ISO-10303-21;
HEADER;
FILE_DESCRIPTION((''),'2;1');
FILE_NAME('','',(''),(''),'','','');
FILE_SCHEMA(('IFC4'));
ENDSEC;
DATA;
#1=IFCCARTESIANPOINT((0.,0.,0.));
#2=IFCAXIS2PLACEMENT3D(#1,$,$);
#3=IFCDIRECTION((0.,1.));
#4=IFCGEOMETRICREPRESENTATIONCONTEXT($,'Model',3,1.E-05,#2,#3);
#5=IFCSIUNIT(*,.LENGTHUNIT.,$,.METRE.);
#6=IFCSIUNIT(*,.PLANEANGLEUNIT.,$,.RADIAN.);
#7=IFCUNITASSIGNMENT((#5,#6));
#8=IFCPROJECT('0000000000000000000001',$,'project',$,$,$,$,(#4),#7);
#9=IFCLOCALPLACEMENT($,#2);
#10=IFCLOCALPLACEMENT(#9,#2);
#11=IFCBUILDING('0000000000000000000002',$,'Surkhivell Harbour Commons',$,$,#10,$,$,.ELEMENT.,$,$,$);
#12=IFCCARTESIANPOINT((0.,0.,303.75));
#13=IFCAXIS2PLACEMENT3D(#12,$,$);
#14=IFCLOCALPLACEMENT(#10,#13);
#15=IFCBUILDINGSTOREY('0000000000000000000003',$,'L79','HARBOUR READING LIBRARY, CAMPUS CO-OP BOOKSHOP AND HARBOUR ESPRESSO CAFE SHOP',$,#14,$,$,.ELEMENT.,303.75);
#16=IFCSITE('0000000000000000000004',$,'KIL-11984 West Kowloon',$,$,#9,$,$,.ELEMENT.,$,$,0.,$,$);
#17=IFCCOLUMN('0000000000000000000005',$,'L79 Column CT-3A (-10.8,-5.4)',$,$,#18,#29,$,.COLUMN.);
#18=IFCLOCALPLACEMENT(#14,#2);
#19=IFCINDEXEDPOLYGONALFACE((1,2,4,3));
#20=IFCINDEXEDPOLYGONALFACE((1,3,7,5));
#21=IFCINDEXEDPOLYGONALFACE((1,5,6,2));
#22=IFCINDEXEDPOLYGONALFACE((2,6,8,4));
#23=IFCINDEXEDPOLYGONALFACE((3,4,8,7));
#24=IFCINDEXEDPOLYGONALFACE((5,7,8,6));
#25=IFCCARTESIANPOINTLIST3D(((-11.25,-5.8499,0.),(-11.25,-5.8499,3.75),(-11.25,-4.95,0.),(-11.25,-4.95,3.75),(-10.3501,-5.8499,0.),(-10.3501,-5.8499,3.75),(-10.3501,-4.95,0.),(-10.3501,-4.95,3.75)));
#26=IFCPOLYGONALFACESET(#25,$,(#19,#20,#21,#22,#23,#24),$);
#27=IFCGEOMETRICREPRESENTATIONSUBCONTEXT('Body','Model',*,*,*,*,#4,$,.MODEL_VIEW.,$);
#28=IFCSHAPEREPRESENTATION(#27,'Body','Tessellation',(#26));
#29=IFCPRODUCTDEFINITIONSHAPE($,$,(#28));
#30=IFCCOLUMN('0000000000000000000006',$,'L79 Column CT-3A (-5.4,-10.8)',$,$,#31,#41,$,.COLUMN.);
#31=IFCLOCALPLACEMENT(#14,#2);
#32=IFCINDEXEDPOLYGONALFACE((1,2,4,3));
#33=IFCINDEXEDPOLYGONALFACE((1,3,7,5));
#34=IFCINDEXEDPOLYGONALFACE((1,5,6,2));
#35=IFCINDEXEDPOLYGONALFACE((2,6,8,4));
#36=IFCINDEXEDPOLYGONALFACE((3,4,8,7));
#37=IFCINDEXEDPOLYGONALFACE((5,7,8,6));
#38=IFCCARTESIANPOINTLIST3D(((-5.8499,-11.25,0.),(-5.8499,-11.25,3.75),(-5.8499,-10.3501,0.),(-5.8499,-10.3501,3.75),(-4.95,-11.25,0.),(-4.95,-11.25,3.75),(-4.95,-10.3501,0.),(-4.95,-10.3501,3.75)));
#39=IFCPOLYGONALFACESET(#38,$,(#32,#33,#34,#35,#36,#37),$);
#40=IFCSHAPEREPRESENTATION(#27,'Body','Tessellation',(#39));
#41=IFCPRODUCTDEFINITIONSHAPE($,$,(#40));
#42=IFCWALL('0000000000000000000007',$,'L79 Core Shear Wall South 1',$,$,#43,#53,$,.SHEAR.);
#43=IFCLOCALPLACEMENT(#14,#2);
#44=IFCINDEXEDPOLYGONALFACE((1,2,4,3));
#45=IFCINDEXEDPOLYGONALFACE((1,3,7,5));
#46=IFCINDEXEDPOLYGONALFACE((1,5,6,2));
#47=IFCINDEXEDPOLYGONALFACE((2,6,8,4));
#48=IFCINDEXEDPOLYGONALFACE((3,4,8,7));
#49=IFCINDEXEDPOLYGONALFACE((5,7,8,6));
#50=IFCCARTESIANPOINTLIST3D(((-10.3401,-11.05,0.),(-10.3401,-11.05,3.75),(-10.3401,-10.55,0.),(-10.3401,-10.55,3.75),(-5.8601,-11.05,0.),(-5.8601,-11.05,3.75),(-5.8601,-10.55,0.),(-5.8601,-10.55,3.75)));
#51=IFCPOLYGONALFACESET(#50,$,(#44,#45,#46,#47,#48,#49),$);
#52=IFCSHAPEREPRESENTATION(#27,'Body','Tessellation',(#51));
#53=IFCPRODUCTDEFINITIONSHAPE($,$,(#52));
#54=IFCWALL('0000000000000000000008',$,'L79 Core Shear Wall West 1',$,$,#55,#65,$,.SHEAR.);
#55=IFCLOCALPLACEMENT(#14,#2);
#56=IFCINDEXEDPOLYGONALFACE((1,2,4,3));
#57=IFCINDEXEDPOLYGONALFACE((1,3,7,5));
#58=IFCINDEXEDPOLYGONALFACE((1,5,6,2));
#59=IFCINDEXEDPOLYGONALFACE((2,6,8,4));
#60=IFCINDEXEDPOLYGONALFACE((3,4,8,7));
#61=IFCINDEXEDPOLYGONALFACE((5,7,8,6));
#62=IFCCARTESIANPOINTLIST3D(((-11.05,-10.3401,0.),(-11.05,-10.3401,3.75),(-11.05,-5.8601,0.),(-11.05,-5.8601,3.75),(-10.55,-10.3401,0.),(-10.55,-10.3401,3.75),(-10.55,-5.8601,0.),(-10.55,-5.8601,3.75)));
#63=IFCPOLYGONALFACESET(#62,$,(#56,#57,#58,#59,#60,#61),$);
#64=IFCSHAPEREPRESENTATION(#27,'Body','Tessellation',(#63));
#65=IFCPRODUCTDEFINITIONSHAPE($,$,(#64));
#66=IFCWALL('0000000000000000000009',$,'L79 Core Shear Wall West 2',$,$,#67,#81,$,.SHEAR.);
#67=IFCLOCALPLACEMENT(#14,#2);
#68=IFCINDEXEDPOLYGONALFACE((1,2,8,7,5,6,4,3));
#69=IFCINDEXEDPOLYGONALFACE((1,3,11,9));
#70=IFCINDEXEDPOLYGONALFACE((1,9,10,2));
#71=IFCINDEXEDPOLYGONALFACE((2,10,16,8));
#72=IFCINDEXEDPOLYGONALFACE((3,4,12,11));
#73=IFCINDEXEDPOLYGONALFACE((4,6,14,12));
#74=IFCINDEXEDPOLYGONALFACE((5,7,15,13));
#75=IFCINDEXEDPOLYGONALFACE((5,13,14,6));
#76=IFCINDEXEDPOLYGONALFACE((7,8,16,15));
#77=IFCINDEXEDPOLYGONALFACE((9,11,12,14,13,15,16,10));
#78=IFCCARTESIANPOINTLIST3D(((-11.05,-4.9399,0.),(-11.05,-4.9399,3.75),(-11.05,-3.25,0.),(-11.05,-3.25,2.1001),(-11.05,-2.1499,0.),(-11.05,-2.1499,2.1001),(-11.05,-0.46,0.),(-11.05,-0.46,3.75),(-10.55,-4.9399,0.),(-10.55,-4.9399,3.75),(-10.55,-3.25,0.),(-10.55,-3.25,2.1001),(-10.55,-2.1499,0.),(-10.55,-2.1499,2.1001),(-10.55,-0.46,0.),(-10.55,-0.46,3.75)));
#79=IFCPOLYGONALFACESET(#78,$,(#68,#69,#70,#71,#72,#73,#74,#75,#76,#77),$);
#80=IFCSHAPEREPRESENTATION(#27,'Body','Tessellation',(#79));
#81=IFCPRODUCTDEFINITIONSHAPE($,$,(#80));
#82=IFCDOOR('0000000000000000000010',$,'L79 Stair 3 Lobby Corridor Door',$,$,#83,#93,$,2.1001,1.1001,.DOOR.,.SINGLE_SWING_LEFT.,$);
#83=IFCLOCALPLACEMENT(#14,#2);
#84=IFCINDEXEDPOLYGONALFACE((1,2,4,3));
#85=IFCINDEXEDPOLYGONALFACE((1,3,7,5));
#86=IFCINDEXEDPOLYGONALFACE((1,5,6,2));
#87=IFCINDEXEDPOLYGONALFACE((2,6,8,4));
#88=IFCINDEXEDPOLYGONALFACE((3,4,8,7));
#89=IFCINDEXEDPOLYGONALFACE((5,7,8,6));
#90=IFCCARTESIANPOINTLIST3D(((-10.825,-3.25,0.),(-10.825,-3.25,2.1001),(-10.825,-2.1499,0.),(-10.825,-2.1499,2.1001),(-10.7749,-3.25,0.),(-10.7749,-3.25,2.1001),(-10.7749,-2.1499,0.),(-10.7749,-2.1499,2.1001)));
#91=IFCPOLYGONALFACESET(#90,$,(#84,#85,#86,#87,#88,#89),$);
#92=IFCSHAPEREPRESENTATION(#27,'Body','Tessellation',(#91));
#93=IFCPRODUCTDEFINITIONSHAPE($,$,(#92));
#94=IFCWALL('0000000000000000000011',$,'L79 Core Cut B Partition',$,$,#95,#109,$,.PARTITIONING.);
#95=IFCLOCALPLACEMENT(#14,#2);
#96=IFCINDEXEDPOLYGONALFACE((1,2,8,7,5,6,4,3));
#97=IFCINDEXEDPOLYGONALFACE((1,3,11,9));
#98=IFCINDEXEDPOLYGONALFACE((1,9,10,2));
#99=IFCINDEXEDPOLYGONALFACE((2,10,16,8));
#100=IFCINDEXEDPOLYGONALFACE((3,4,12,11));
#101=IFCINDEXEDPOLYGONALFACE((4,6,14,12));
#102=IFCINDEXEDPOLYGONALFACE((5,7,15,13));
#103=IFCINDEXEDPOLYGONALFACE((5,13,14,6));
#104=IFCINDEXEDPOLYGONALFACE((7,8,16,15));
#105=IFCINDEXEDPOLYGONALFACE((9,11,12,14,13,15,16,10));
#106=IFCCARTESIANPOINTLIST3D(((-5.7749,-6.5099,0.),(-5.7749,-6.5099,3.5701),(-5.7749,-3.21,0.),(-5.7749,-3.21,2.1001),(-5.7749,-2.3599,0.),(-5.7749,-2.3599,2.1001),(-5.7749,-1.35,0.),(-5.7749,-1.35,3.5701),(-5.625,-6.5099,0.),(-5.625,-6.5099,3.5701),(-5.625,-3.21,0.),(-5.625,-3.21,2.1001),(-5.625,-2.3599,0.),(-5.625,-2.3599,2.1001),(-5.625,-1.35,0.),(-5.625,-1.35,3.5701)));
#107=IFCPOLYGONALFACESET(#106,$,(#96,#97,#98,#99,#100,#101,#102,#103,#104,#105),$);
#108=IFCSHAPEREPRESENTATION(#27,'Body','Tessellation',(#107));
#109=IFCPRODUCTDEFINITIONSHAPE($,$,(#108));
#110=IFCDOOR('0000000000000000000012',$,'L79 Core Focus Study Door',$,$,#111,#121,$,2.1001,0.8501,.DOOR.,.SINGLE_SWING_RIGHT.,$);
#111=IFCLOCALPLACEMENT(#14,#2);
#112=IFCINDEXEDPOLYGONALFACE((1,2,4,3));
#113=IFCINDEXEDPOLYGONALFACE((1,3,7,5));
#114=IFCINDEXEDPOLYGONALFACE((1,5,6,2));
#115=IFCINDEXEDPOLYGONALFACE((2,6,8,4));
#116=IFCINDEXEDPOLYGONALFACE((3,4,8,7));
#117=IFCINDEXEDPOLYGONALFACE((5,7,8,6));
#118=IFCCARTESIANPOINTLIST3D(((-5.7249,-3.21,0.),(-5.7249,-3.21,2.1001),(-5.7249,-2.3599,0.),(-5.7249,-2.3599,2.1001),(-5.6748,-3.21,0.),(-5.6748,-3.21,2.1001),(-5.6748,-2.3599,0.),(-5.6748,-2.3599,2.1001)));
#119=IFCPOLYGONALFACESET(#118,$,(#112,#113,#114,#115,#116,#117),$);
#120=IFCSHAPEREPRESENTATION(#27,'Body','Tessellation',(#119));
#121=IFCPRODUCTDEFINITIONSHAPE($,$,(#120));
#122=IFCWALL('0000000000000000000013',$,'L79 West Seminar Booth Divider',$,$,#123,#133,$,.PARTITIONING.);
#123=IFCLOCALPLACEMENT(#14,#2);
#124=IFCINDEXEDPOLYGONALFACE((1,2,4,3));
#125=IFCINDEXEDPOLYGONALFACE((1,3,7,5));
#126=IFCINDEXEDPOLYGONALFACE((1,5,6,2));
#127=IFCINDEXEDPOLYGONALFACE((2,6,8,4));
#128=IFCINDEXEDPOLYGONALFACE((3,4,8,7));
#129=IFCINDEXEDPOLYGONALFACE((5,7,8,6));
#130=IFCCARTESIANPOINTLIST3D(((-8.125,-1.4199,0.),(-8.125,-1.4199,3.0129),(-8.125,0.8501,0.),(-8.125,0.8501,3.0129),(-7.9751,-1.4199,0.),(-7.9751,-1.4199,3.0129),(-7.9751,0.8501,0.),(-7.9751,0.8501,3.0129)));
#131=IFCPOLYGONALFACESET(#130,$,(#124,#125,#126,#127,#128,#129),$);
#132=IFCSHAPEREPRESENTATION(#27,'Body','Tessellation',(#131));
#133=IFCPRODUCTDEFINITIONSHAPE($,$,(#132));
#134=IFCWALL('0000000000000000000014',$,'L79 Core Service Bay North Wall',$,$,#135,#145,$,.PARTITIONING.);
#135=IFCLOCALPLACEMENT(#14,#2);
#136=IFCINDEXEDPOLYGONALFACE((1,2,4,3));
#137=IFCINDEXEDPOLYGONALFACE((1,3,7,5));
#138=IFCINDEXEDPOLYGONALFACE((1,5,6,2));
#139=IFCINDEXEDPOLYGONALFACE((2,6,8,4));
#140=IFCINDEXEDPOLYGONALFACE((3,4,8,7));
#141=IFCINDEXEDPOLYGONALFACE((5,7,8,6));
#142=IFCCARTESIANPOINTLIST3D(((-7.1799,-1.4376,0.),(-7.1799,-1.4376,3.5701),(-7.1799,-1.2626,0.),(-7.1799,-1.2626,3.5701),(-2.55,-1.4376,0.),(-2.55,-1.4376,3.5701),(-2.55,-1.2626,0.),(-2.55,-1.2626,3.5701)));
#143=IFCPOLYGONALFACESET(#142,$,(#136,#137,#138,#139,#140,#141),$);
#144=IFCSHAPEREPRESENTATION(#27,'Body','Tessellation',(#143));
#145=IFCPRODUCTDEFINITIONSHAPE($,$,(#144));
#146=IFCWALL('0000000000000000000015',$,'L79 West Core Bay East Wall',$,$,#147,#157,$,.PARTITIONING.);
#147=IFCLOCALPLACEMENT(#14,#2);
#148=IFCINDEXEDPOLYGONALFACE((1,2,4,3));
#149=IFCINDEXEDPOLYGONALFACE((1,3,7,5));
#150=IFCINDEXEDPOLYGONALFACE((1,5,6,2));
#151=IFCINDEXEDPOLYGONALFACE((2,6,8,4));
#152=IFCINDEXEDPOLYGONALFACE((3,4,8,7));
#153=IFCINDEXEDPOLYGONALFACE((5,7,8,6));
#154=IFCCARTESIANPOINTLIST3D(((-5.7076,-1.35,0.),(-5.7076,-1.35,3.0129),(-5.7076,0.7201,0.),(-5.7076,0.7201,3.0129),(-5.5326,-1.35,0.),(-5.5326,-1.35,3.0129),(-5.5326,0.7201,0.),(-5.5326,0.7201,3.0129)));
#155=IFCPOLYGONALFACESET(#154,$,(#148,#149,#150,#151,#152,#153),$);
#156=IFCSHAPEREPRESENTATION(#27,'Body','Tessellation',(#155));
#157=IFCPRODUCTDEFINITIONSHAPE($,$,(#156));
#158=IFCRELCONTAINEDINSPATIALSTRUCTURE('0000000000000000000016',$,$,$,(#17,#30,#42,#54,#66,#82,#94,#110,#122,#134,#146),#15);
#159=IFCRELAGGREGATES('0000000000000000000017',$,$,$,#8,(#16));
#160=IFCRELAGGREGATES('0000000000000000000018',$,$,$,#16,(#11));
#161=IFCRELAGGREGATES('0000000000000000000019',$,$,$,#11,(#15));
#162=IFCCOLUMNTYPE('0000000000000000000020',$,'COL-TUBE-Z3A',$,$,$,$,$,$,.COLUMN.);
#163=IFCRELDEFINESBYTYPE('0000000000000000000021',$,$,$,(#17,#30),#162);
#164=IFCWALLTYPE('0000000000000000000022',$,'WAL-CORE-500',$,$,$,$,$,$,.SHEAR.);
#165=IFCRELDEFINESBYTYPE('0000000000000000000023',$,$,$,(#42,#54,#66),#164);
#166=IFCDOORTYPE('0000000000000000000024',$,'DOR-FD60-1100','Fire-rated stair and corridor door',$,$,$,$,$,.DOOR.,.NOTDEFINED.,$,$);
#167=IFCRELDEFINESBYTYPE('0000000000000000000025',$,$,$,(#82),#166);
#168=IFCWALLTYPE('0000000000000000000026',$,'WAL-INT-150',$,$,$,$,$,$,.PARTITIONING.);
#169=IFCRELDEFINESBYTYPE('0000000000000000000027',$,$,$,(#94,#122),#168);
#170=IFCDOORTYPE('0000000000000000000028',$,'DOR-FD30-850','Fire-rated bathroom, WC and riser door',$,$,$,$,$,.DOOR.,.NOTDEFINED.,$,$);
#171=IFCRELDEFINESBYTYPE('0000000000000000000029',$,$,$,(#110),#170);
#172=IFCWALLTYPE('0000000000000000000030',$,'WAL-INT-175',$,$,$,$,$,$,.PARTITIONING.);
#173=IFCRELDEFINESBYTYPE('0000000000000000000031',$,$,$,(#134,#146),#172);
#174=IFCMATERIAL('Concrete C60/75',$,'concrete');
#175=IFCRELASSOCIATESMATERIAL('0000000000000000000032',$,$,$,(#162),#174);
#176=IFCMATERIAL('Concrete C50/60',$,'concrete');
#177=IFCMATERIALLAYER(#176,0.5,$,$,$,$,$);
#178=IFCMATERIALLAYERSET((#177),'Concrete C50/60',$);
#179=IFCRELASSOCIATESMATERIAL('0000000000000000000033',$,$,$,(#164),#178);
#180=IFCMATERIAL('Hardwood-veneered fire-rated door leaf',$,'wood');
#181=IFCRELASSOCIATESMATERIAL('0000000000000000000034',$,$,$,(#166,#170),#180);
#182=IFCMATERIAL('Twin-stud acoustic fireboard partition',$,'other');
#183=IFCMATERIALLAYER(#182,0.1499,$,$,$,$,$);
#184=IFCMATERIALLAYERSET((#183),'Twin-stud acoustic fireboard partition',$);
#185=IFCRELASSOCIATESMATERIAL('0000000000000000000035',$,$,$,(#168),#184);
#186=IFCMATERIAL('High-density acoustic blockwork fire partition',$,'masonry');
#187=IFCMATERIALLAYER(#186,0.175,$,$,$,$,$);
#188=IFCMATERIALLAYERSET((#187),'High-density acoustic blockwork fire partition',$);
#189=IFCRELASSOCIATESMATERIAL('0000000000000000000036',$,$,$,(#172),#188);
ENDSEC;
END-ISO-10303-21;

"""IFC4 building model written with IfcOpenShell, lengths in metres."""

from ifc_helpers import new_model, si_unit, direction, frame, frame_2d, origin, origin_2d, place, context, subcontext, project, spatial, rectangle, extrude, material, layer, layer_set, material_profile, profile_set, type_object, element, fill, save


model = new_model("IFC4")

# Units and contexts
model_context = context("Model", 3, precision=1e-05, world=origin(), true_north=direction((0.0, 1.0)))
body_context = subcontext(model_context, "Body", "Model", "MODEL_VIEW")
ifc_project = project(units=[si_unit("LENGTHUNIT", "METRE"), si_unit("PLANEANGLEUNIT", "RADIAN")], contexts=[model_context])

# Site, building, storey
site_placement = place(None, origin())
site = spatial("IfcSite", under=ifc_project, at=site_placement, Name="KIL-11984 West Kowloon", CompositionType="ELEMENT", RefElevation=0.0)
building_placement = place(site_placement, origin())
building = spatial("IfcBuilding", under=site, at=building_placement, Name="Surkhivell Harbour Commons", CompositionType="ELEMENT")
storey_placement = place(building_placement, frame((0.0, 0.0, 303.75)))
storey = spatial("IfcBuildingStorey", under=building, at=storey_placement, Name="L79", Description="HARBOUR READING LIBRARY, CAMPUS CO-OP BOOKSHOP AND HARBOUR ESPRESSO CAFE SHOP", CompositionType="ELEMENT", Elevation=303.75)

# Columns
ifc_material_1 = material(Name="Concrete C60/75", Category="concrete")
ifc_material_profile = material_profile(ifc_material_1, rectangle(XDim=0.8999, YDim=0.8999, at=origin_2d()), Name="RC-COL-900x900")
ifc_profile_set = profile_set([ifc_material_profile], Name="Concrete C60/75")
column_type = type_object("IfcColumnType", Name="COL-TUBE-Z3A", PredefinedType="COLUMN", material=ifc_profile_set)
for number, where, z_axis, x_axis, name in (
    (1, (-10.8, -5.3999, 0.0), (0.0, 0.0, 1.0), (1.0, 0.0, 0.0), "L79 Column CT-3A (-10.8,-5.4)"),
    (2, (-5.3999, -10.8, 0.0), (0.0, 0.0, 1.0), (1.0, 0.0, 0.0), "L79 Column CT-3A (-5.4,-10.8)"),
):
    element("IfcColumn", number, at=place(storey_placement, frame(where, z_axis=z_axis, x_axis=x_axis)), inside=storey, type_object=column_type, Name=name, PredefinedType="COLUMN", context=body_context, shape_type="SweptSolid", body=[
        extrude(rectangle(XDim=0.8999, YDim=0.8999, at=origin_2d()), origin(), (0.0, 0.0, 1.0), 3.75),
    ])

# Walls
ifc_material_2 = material(Name="Concrete C50/60", Category="concrete")
ifc_layer_1 = layer(ifc_material_2, 0.5)
ifc_layer_set_1 = layer_set([ifc_layer_1], Name="Concrete C50/60")
wall_type_1 = type_object("IfcWallType", Name="WAL-CORE-500", PredefinedType="SHEAR", material=ifc_layer_set_1)
for number, where, z_axis, x_axis, name in (
    (3, (-10.3401, -10.8, 0.0), (0.0, 0.0, 1.0), (1.0, 0.0, 0.0), "L79 Core Shear Wall South 1"),
    (4, (-10.8, -10.3401, 0.0), (0.0, 0.0, 1.0), (0.0, 1.0, 0.0), "L79 Core Shear Wall West 1"),
):
    element("IfcWall", number, at=place(storey_placement, frame(where, z_axis=z_axis, x_axis=x_axis)), inside=storey, type_object=wall_type_1, Name=name, PredefinedType="SHEAR", context=body_context, shape_type="SweptSolid", body=[
        extrude(rectangle(XDim=4.48, YDim=0.5, at=frame_2d((2.24, 0.0))), origin(), (0.0, 0.0, 1.0), 3.75),
    ])

# Walls, openings, doors
wall_1_placement = place(storey_placement, frame((-10.8, -4.9399, 0.0), z_axis=(0.0, 0.0, 1.0), x_axis=(0.0, 1.0, 0.0)))
wall_1 = element("IfcWall", 5, at=wall_1_placement, inside=storey, type_object=wall_type_1, Name="L79 Core Shear Wall West 2", PredefinedType="SHEAR", context=body_context, shape_type="SweptSolid", body=[
    extrude(rectangle(XDim=4.48, YDim=0.5, at=frame_2d((2.24, 0.0))), origin(), (0.0, 0.0, 1.0), 3.75),
])
opening_1_placement = place(wall_1_placement, frame((1.6899, 0.0, 0.0)))
opening_1 = element("IfcOpeningElement", 6, at=opening_1_placement, cuts=wall_1, PredefinedType="OPENING", context=body_context, shape_type="SweptSolid", body=[
    extrude(rectangle(XDim=1.1001, YDim=2.1001, at=frame_2d((0.55, 1.05))), frame((0.0, 0.26, 0.0), z_axis=(0.0, -1.0, 0.0), x_axis=(1.0, 0.0, 0.0)), (0.0, 0.0, 1.0), 0.52),
])
ifc_material_3 = material(Name="Hardwood-veneered fire-rated door leaf", Category="wood")
door_type_1 = type_object("IfcDoorType", Name="DOR-FD60-1100", Description="Fire-rated stair and corridor door", OperationType="NOTDEFINED", PredefinedType="DOOR", material=ifc_material_3)
door_1_placement = place(opening_1_placement, origin())
door_1 = element("IfcDoor", 7, at=door_1_placement, inside=storey, type_object=door_type_1, Name="L79 Stair 3 Lobby Corridor Door", OperationType="SINGLE_SWING_LEFT", OverallHeight=2.1001, OverallWidth=1.1001, PredefinedType="DOOR", context=body_context, shape_type="SweptSolid", body=[
    extrude(rectangle(XDim=1.1001, YDim=2.1001, at=frame_2d((0.55, 1.05))), frame((0.0, 0.0249, 0.0), z_axis=(0.0, -1.0, 0.0), x_axis=(1.0, 0.0, 0.0)), (0.0, 0.0, 1.0), 0.05),
])
fill(opening_1, door_1)
ifc_material_4 = material(Name="Twin-stud acoustic fireboard partition", Category="other")
ifc_layer_2 = layer(ifc_material_4, 0.1499)
ifc_layer_set_2 = layer_set([ifc_layer_2], Name="Twin-stud acoustic fireboard partition")
wall_type_2 = type_object("IfcWallType", Name="WAL-INT-150", PredefinedType="PARTITIONING", material=ifc_layer_set_2)
wall_2_placement = place(storey_placement, frame((-5.7, -6.51, 0.0), z_axis=(0.0, 0.0, 1.0), x_axis=(0.0, 1.0, 0.0)))
wall_2 = element("IfcWall", 8, at=wall_2_placement, inside=storey, type_object=wall_type_2, Name="L79 Core Cut B Partition", PredefinedType="PARTITIONING", context=body_context, shape_type="SweptSolid", body=[
    extrude(rectangle(XDim=5.1599, YDim=0.1499, at=frame_2d((2.5801, 0.0))), origin(), (0.0, 0.0, 1.0), 3.5701),
])
opening_2_placement = place(wall_2_placement, frame((3.3, 0.0, 0.0)))
opening_2 = element("IfcOpeningElement", 9, at=opening_2_placement, cuts=wall_2, PredefinedType="OPENING", context=body_context, shape_type="SweptSolid", body=[
    extrude(rectangle(XDim=0.8501, YDim=2.1001, at=frame_2d((0.425, 1.05))), frame((0.0, 0.085, 0.0), z_axis=(0.0, -1.0, 0.0), x_axis=(1.0, 0.0, 0.0)), (0.0, 0.0, 1.0), 0.1699),
])
door_type_2 = type_object("IfcDoorType", Name="DOR-FD30-850", Description="Fire-rated bathroom, WC and riser door", OperationType="NOTDEFINED", PredefinedType="DOOR", material=ifc_material_3)
door_2_placement = place(opening_2_placement, origin())
door_2 = element("IfcDoor", 10, at=door_2_placement, inside=storey, type_object=door_type_2, Name="L79 Core Focus Study Door", OperationType="SINGLE_SWING_RIGHT", OverallHeight=2.1001, OverallWidth=0.8501, PredefinedType="DOOR", context=body_context, shape_type="SweptSolid", body=[
    extrude(rectangle(XDim=0.8501, YDim=2.1001, at=frame_2d((0.425, 1.05))), frame((0.0, 0.0249, 0.0), z_axis=(0.0, -1.0, 0.0), x_axis=(1.0, 0.0, 0.0)), (0.0, 0.0, 1.0), 0.05),
])
fill(opening_2, door_2)

# Walls
wall_3_placement = place(storey_placement, frame((-8.05, -1.4199, 0.0), z_axis=(0.0, 0.0, 1.0), x_axis=(0.0, 1.0, 0.0)))
element("IfcWall", 11, at=wall_3_placement, inside=storey, type_object=wall_type_2, Name="L79 West Seminar Booth Divider", PredefinedType="PARTITIONING", context=body_context, shape_type="SweptSolid", body=[
    extrude(rectangle(XDim=2.27, YDim=0.1499, at=frame_2d((1.135, 0.0))), origin(), (0.0, 0.0, 1.0), 3.0129),
])
ifc_material_5 = material(Name="High-density acoustic blockwork fire partition", Category="masonry")
ifc_layer_3 = layer(ifc_material_5, 0.175)
ifc_layer_set_3 = layer_set([ifc_layer_3], Name="High-density acoustic blockwork fire partition")
wall_type_3 = type_object("IfcWallType", Name="WAL-INT-175", PredefinedType="PARTITIONING", material=ifc_layer_set_3)
wall_4_placement = place(storey_placement, frame((-7.1799, -1.3501, 0.0), z_axis=(0.0, 0.0, 1.0), x_axis=(1.0, 0.0, 0.0)))
element("IfcWall", 12, at=wall_4_placement, inside=storey, type_object=wall_type_3, Name="L79 Core Service Bay North Wall", PredefinedType="PARTITIONING", context=body_context, shape_type="SweptSolid", body=[
    extrude(rectangle(XDim=4.6299, YDim=0.175, at=frame_2d((2.3149, 0.0))), origin(), (0.0, 0.0, 1.0), 3.5701),
])
wall_5_placement = place(storey_placement, frame((-5.6201, -1.3501, 0.0), z_axis=(0.0, 0.0, 1.0), x_axis=(0.0, 1.0, 0.0)))
element("IfcWall", 13, at=wall_5_placement, inside=storey, type_object=wall_type_3, Name="L79 West Core Bay East Wall", PredefinedType="PARTITIONING", context=body_context, shape_type="SweptSolid", body=[
    extrude(rectangle(XDim=2.0701, YDim=0.175, at=frame_2d((1.0352, 0.0))), origin(), (0.0, 0.0, 1.0), 3.0129),
])

save(model, "model.ifc")
